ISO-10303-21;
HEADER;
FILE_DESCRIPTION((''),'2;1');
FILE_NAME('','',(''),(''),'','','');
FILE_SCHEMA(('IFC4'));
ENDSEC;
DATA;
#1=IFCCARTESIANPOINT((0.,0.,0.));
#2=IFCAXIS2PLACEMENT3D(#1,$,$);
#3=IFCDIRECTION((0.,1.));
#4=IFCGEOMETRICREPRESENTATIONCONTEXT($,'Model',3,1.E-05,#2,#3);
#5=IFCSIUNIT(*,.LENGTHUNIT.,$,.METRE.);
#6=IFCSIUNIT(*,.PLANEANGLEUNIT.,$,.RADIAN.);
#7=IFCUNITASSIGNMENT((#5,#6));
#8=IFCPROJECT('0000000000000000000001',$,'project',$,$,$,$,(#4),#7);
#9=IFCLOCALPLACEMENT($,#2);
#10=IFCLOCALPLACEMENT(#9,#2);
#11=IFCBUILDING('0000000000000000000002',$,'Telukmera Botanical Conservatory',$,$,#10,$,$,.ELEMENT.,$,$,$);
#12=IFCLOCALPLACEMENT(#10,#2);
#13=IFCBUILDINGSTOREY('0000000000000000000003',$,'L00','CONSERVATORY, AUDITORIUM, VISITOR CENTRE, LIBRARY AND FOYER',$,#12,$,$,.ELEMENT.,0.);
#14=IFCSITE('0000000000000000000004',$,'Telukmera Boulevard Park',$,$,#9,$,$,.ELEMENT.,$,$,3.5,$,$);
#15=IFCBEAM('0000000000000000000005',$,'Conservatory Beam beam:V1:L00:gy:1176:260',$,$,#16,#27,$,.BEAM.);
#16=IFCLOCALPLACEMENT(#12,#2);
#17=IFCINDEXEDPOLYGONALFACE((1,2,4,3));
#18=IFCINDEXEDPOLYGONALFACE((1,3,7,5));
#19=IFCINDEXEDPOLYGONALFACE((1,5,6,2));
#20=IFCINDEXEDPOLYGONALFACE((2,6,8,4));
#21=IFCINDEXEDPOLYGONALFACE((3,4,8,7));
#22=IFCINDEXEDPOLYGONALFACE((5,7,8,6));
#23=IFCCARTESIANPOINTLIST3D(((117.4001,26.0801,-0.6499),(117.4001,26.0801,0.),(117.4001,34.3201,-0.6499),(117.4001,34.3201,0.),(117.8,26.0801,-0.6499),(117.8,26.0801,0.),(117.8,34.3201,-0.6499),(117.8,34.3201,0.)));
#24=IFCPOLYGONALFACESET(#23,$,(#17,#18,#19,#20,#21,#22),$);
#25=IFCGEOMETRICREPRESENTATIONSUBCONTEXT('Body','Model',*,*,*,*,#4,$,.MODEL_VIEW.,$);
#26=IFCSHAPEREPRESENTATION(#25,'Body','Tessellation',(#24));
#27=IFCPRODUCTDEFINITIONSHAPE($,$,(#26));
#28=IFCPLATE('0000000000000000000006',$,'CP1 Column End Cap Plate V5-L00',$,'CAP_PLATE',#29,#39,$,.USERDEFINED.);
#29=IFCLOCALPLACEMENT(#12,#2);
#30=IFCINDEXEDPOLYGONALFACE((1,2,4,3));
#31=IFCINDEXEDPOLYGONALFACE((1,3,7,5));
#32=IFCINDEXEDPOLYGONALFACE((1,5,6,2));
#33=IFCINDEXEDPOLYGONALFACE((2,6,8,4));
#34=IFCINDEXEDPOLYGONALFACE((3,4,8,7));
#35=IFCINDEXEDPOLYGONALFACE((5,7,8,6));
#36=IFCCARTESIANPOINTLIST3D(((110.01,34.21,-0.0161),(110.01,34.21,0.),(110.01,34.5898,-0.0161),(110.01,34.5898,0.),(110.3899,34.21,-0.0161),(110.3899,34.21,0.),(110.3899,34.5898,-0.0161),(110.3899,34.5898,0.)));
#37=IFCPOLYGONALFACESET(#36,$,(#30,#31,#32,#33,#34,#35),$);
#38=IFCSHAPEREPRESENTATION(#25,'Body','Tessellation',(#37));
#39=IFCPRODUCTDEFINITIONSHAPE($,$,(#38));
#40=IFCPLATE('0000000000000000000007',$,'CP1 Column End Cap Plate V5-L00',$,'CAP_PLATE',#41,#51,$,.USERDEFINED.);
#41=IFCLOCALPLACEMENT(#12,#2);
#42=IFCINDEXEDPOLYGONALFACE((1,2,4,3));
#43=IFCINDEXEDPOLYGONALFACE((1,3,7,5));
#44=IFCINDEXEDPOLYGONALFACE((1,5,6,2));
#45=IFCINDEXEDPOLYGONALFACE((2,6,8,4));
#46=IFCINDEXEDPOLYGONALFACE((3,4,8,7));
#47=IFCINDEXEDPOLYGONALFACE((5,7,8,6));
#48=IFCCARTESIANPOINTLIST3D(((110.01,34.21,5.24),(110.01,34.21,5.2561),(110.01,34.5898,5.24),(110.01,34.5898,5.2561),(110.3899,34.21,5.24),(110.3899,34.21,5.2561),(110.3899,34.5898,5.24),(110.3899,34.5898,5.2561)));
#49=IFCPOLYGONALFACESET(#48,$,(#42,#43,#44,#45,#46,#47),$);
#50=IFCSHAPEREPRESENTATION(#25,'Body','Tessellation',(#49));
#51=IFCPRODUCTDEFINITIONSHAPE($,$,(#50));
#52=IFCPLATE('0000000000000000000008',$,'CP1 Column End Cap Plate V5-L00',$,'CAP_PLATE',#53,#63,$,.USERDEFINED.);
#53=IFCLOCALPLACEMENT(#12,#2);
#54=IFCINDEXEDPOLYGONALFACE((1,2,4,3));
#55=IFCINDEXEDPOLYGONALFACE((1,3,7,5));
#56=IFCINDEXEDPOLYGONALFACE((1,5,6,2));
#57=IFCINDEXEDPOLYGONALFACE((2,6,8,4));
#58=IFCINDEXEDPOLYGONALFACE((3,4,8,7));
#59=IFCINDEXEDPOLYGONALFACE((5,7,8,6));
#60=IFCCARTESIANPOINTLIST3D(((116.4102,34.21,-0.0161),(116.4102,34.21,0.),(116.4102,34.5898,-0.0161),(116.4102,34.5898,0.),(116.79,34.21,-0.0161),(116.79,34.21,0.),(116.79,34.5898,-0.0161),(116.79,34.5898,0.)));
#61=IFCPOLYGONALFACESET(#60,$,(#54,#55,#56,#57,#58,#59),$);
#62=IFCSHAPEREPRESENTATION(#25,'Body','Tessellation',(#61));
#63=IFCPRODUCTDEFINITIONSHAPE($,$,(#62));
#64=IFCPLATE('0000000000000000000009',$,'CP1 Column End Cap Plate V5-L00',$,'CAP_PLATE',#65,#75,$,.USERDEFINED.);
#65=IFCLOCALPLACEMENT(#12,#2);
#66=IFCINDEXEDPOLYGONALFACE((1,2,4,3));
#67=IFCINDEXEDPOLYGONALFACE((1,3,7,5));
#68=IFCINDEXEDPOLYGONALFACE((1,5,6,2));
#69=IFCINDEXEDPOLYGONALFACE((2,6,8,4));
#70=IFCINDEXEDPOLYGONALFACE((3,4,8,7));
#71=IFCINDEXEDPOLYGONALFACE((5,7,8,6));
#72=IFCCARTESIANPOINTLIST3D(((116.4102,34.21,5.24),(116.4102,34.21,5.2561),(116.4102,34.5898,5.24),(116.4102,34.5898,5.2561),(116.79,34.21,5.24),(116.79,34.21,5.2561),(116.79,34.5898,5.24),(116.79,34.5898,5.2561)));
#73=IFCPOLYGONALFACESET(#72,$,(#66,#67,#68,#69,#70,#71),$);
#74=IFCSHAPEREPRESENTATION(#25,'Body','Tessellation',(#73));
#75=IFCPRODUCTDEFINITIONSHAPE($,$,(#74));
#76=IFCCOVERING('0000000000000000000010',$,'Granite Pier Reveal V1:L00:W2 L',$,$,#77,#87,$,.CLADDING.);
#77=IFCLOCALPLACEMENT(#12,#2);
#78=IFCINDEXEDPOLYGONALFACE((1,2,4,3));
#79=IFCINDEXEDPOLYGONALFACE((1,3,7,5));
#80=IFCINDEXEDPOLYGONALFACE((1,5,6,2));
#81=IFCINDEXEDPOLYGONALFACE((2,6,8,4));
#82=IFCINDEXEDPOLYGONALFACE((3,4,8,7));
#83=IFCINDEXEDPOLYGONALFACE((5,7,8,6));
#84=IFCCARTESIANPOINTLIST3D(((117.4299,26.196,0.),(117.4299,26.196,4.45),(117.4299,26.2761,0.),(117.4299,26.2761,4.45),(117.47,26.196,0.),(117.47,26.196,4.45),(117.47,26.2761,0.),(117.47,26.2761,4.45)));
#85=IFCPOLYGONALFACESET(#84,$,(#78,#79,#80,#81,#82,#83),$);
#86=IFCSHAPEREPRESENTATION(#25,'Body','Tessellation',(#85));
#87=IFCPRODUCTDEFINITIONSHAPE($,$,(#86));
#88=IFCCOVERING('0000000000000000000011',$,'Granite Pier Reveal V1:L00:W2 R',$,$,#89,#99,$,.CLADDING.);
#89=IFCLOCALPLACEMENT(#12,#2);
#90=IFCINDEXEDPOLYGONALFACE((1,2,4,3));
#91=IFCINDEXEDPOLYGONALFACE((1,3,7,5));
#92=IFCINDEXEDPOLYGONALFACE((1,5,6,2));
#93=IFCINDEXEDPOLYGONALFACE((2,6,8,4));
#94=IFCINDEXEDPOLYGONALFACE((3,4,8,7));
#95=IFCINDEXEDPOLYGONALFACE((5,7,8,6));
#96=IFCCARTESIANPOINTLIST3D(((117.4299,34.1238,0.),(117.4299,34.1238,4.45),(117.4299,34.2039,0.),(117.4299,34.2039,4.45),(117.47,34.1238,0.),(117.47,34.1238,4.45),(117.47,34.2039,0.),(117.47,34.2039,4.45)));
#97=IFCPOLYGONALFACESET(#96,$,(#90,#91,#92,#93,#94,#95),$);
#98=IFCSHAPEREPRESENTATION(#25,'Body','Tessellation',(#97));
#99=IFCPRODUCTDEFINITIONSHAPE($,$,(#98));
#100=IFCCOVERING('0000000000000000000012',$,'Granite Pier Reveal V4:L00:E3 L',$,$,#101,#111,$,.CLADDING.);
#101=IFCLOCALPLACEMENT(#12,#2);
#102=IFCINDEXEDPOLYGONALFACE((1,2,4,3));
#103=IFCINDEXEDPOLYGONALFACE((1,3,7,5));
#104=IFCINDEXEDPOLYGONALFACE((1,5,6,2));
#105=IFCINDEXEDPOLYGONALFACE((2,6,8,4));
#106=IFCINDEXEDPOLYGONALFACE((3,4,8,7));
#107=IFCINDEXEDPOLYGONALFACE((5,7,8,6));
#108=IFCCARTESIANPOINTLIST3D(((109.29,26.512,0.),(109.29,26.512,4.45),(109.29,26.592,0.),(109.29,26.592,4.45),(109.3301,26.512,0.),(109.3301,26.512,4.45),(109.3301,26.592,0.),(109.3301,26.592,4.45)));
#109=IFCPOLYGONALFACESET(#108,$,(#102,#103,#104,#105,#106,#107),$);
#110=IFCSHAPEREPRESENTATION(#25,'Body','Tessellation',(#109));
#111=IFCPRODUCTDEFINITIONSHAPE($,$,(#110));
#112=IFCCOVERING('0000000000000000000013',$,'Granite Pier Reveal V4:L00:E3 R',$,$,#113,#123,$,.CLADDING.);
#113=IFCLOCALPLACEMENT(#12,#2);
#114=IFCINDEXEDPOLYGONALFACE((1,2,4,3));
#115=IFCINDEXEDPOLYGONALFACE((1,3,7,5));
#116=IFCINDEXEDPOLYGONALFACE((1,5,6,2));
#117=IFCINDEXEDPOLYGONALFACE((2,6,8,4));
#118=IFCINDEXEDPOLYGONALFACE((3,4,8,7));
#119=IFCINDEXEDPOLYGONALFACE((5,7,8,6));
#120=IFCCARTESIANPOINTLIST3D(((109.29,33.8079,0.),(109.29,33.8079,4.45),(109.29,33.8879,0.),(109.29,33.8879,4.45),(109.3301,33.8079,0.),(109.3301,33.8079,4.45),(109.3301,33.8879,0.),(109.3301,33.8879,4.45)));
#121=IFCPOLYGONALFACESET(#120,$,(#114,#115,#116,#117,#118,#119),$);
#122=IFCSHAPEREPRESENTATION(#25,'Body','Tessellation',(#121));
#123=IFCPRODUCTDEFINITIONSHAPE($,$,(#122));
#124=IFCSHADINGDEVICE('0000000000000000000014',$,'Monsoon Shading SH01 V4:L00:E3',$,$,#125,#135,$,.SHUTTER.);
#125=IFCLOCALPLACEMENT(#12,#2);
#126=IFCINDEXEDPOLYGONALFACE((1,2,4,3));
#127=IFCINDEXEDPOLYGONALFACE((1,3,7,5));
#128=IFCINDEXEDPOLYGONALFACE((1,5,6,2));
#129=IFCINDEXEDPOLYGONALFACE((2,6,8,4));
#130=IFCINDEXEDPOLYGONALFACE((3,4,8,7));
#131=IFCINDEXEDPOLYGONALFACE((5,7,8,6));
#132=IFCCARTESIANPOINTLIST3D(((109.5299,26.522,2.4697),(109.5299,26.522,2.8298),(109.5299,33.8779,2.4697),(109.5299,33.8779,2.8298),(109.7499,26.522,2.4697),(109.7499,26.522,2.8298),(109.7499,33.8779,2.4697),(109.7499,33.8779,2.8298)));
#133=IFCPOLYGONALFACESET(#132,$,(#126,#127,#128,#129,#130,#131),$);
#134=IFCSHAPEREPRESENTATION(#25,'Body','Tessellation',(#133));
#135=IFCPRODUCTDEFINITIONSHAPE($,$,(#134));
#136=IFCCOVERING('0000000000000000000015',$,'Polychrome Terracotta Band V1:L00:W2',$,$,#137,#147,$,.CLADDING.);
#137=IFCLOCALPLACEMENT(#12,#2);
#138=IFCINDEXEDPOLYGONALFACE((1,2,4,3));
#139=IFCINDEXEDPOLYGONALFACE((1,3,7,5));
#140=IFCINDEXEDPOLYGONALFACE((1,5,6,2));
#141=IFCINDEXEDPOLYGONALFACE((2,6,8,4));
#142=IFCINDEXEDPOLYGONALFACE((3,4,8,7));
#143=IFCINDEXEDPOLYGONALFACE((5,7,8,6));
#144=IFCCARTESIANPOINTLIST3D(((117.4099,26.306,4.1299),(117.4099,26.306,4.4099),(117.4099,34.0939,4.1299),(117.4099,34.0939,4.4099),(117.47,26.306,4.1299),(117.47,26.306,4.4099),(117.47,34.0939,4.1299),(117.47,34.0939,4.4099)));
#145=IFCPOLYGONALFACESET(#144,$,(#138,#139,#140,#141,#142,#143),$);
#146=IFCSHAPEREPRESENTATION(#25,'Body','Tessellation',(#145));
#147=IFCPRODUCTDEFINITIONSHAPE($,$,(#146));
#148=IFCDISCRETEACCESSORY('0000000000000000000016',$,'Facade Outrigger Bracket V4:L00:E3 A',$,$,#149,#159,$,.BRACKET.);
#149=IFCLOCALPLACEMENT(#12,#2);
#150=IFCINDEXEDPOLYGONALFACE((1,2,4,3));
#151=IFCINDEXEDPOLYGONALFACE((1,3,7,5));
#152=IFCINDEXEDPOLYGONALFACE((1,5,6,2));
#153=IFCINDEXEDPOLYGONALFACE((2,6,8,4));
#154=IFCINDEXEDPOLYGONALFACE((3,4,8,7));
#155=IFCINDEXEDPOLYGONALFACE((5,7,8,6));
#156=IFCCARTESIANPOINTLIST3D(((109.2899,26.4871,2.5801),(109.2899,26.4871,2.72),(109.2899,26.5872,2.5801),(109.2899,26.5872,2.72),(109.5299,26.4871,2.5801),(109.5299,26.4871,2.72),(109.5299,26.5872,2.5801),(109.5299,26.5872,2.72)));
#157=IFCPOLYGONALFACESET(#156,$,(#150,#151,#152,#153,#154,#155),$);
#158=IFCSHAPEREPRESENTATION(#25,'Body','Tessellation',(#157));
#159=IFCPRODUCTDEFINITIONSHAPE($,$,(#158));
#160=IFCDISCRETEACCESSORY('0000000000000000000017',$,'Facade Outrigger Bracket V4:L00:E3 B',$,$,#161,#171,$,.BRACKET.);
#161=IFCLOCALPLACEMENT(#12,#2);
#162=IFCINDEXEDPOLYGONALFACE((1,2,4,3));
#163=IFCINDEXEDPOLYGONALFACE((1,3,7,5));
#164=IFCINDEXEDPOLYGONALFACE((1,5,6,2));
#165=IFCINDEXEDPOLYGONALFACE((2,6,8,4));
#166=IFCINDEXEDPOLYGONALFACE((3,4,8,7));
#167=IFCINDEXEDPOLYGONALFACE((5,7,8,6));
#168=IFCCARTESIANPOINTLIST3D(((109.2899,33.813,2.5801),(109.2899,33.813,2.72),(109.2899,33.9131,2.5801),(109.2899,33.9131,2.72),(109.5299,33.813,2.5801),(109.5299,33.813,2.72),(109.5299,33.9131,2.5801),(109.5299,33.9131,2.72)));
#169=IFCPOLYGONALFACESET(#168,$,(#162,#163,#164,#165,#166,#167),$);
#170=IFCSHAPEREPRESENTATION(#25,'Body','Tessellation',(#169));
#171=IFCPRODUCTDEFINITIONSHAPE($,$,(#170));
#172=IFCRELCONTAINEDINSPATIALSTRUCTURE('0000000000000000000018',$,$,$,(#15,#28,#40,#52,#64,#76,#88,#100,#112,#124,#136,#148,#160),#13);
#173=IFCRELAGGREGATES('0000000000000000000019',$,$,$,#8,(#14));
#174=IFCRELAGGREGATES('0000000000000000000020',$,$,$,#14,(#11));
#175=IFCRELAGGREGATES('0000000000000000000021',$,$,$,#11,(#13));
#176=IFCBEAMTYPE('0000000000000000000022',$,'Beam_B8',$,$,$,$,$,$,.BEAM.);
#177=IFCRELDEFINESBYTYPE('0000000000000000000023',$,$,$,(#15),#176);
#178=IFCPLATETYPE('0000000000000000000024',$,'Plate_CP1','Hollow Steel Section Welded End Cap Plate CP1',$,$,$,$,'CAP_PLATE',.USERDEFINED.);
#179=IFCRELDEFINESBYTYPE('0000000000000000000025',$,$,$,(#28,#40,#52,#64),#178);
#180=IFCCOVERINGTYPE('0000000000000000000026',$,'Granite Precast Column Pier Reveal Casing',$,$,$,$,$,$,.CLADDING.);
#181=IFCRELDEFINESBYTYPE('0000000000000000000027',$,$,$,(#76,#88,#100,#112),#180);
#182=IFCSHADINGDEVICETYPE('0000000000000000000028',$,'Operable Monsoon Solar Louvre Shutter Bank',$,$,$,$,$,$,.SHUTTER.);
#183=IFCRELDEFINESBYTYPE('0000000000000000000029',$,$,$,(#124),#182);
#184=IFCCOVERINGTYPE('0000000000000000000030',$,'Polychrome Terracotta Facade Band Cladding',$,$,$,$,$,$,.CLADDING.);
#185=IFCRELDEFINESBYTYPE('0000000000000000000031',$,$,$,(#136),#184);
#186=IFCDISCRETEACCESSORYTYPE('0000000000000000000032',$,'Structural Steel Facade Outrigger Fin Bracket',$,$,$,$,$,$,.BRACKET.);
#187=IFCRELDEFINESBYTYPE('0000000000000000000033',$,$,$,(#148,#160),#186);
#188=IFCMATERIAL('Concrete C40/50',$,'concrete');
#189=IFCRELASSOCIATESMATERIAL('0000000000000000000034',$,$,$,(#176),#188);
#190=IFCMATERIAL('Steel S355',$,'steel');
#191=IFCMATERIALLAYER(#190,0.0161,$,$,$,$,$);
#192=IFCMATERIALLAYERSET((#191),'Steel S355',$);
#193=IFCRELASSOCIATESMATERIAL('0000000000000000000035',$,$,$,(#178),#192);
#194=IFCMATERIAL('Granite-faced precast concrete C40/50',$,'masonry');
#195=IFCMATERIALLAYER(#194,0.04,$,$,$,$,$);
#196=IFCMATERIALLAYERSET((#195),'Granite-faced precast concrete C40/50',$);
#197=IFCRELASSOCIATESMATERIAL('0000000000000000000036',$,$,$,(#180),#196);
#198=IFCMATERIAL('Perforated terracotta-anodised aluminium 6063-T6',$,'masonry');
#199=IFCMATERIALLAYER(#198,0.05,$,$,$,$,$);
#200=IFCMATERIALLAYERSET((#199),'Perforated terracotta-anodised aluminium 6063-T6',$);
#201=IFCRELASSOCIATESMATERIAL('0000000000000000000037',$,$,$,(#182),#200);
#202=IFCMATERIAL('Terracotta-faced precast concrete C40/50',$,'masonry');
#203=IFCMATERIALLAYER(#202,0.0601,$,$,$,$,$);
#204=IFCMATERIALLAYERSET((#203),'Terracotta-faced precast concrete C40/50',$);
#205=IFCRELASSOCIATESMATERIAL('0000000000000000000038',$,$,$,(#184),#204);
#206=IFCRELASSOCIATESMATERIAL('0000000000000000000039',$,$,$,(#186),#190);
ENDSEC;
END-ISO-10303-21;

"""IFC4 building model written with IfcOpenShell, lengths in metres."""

from ifc_helpers import new_model, si_unit, direction, frame, origin, origin_2d, place, context, subcontext, project, spatial, rectangle, extrude, material, layer, layer_set, material_profile, profile_set, type_object, element, save


model = new_model("IFC4")

# Units and contexts
model_context = context("Model", 3, precision=1e-05, world=origin(), true_north=direction((0.0, 1.0)))
body_context = subcontext(model_context, "Body", "Model", "MODEL_VIEW")
ifc_project = project(units=[si_unit("LENGTHUNIT", "METRE"), si_unit("PLANEANGLEUNIT", "RADIAN")], contexts=[model_context])

# Site, building, storey
site_placement = place(None, origin())
site = spatial("IfcSite", under=ifc_project, at=site_placement, Name="Telukmera Boulevard Park", CompositionType="ELEMENT", RefElevation=3.5)
building_placement = place(site_placement, origin())
building = spatial("IfcBuilding", under=site, at=building_placement, Name="Telukmera Botanical Conservatory", CompositionType="ELEMENT")
storey_placement = place(building_placement, origin())
storey = spatial("IfcBuildingStorey", under=building, at=storey_placement, Name="L00", Description="CONSERVATORY, AUDITORIUM, VISITOR CENTRE, LIBRARY AND FOYER", CompositionType="ELEMENT", Elevation=0.0)

# Shared definitions
ifc_material_1 = material(Name="Steel S355", Category="steel")

# Beam
ifc_material_2 = material(Name="Concrete C40/50", Category="concrete")
ifc_material_profile_1 = material_profile(ifc_material_2, rectangle(XDim=0.3999, YDim=0.6499, at=origin_2d()), Name="RC 400x650")
ifc_profile_set_1 = profile_set([ifc_material_profile_1], Name="Concrete C40/50")
beam_type_1 = type_object("IfcBeamType", Name="Beam_B8", PredefinedType="BEAM", material=ifc_profile_set_1)
for number, where, z_axis, x_axis, name in (
    (1, (117.6001, 26.0801, -0.325), (0.0, 1.0, 0.0), (-1.0, 0.0, 0.0), "Conservatory Beam beam:V1:L00:gy:1176:260"),
):
    element("IfcBeam", number, at=place(storey_placement, frame(where, z_axis=z_axis, x_axis=x_axis)), inside=storey, type_object=beam_type_1, Name=name, PredefinedType="BEAM", context=body_context, shape_type="SweptSolid", body=[
        extrude(rectangle(XDim=0.3999, YDim=0.6499, at=origin_2d()), origin(), (0.0, 0.0, 1.0), 8.24),
    ])

# Plates
ifc_layer_1 = layer(ifc_material_1, 0.0161)
ifc_layer_set_1 = layer_set([ifc_layer_1], Name="Steel S355")
plate_type = type_object("IfcPlateType", Name="Plate_CP1", Description="Hollow Steel Section Welded End Cap Plate CP1", ElementType="CAP_PLATE", PredefinedType="USERDEFINED", material=ifc_layer_set_1)
for number, where, z_axis, x_axis, name in (
    (2, (110.2, 34.3999, -0.0161), (0.0, 0.0, 1.0), (1.0, 0.0, 0.0), "CP1 Column End Cap Plate V5-L00"),
    (3, (110.2, 34.3999, 5.24), (0.0, 0.0, 1.0), (1.0, 0.0, 0.0), "CP1 Column End Cap Plate V5-L00"),
    (4, (116.6001, 34.3999, -0.0161), (0.0, 0.0, 1.0), (1.0, 0.0, 0.0), "CP1 Column End Cap Plate V5-L00"),
    (5, (116.6001, 34.3999, 5.24), (0.0, 0.0, 1.0), (1.0, 0.0, 0.0), "CP1 Column End Cap Plate V5-L00"),
):
    element("IfcPlate", number, at=place(storey_placement, frame(where, z_axis=z_axis, x_axis=x_axis)), inside=storey, type_object=plate_type, Name=name, ObjectType="CAP_PLATE", PredefinedType="USERDEFINED", context=body_context, shape_type="SweptSolid", body=[
        extrude(rectangle(XDim=0.3799, YDim=0.3799, at=origin_2d()), origin(), (0.0, 0.0, 1.0), 0.0161),
    ])

# Shared definitions
ifc_material_3 = material(Name="Granite-faced precast concrete C40/50", Category="masonry")

# Coverings
ifc_layer_2 = layer(ifc_material_3, 0.04)
ifc_layer_set_2 = layer_set([ifc_layer_2], Name="Granite-faced precast concrete C40/50")
covering_type_1 = type_object("IfcCoveringType", Name="Granite Precast Column Pier Reveal Casing", PredefinedType="CLADDING", material=ifc_layer_set_2)
for number, where, z_axis, x_axis, name in (
    (6, (117.45, 26.2361, 0.0), (0.0, 0.0, 1.0), (0.0, 1.0, 0.0), "Granite Pier Reveal V1:L00:W2 L"),
    (7, (117.45, 34.1638, 0.0), (0.0, 0.0, 1.0), (0.0, 1.0, 0.0), "Granite Pier Reveal V1:L00:W2 R"),
    (8, (109.3101, 26.552, 0.0), (0.0, 0.0, 1.0), (0.0, 1.0, 0.0), "Granite Pier Reveal V4:L00:E3 L"),
    (9, (109.3101, 33.8479, 0.0), (0.0, 0.0, 1.0), (0.0, 1.0, 0.0), "Granite Pier Reveal V4:L00:E3 R"),
):
    element("IfcCovering", number, at=place(storey_placement, frame(where, z_axis=z_axis, x_axis=x_axis)), inside=storey, type_object=covering_type_1, Name=name, PredefinedType="CLADDING", context=body_context, shape_type="SweptSolid", body=[
        extrude(rectangle(XDim=0.0801, YDim=0.04, at=origin_2d()), origin(), (0.0, 0.0, 1.0), 4.45),
    ])

# Shading device
ifc_material_4 = material(Name="Perforated terracotta-anodised aluminium 6063-T6", Category="masonry")
ifc_layer_3 = layer(ifc_material_4, 0.05)
ifc_layer_set_3 = layer_set([ifc_layer_3], Name="Perforated terracotta-anodised aluminium 6063-T6")
shading_device_type = type_object("IfcShadingDeviceType", Name="Operable Monsoon Solar Louvre Shutter Bank", PredefinedType="SHUTTER", material=ifc_layer_set_3)
shading_device_placement = place(storey_placement, frame((109.6399, 30.2, 2.4697), z_axis=(0.0, 0.0, 1.0), x_axis=(0.0, 1.0, 0.0)))
element("IfcShadingDevice", 10, at=shading_device_placement, inside=storey, type_object=shading_device_type, Name="Monsoon Shading SH01 V4:L00:E3", PredefinedType="SHUTTER", context=body_context, shape_type="SweptSolid", body=[
    extrude(rectangle(XDim=7.356, YDim=0.22, at=origin_2d()), origin(), (0.0, 0.0, 1.0), 0.3601),
])

# Covering
ifc_material_5 = material(Name="Terracotta-faced precast concrete C40/50", Category="masonry")
ifc_layer_4 = layer(ifc_material_5, 0.0601)
ifc_layer_set_4 = layer_set([ifc_layer_4], Name="Terracotta-faced precast concrete C40/50")
covering_type_2 = type_object("IfcCoveringType", Name="Polychrome Terracotta Facade Band Cladding", PredefinedType="CLADDING", material=ifc_layer_set_4)
covering_placement = place(storey_placement, frame((117.4399, 30.2, 4.1299), z_axis=(0.0, 0.0, 1.0), x_axis=(0.0, 1.0, 0.0)))
element("IfcCovering", 11, at=covering_placement, inside=storey, type_object=covering_type_2, Name="Polychrome Terracotta Band V1:L00:W2", PredefinedType="CLADDING", context=body_context, shape_type="SweptSolid", body=[
    extrude(rectangle(XDim=7.7878, YDim=0.0601, at=origin_2d()), origin(), (0.0, 0.0, 1.0), 0.28),
])

# Discrete accessories
discrete_accessory_type = type_object("IfcDiscreteAccessoryType", Name="Structural Steel Facade Outrigger Fin Bracket", PredefinedType="BRACKET", material=ifc_material_1)
for number, where, z_axis, x_axis, name in (
    (12, (109.4099, 26.5371, 2.5801), (0.0, 0.0, 1.0), (0.0, 1.0, 0.0), "Facade Outrigger Bracket V4:L00:E3 A"),
    (13, (109.4099, 33.863, 2.5801), (0.0, 0.0, 1.0), (0.0, 1.0, 0.0), "Facade Outrigger Bracket V4:L00:E3 B"),
):
    element("IfcDiscreteAccessory", number, at=place(storey_placement, frame(where, z_axis=z_axis, x_axis=x_axis)), inside=storey, type_object=discrete_accessory_type, Name=name, PredefinedType="BRACKET", context=body_context, shape_type="SweptSolid", body=[
        extrude(rectangle(XDim=0.1001, YDim=0.24, at=origin_2d()), origin(), (0.0, 0.0, 1.0), 0.1399),
    ])

save(model, "model.ifc")
